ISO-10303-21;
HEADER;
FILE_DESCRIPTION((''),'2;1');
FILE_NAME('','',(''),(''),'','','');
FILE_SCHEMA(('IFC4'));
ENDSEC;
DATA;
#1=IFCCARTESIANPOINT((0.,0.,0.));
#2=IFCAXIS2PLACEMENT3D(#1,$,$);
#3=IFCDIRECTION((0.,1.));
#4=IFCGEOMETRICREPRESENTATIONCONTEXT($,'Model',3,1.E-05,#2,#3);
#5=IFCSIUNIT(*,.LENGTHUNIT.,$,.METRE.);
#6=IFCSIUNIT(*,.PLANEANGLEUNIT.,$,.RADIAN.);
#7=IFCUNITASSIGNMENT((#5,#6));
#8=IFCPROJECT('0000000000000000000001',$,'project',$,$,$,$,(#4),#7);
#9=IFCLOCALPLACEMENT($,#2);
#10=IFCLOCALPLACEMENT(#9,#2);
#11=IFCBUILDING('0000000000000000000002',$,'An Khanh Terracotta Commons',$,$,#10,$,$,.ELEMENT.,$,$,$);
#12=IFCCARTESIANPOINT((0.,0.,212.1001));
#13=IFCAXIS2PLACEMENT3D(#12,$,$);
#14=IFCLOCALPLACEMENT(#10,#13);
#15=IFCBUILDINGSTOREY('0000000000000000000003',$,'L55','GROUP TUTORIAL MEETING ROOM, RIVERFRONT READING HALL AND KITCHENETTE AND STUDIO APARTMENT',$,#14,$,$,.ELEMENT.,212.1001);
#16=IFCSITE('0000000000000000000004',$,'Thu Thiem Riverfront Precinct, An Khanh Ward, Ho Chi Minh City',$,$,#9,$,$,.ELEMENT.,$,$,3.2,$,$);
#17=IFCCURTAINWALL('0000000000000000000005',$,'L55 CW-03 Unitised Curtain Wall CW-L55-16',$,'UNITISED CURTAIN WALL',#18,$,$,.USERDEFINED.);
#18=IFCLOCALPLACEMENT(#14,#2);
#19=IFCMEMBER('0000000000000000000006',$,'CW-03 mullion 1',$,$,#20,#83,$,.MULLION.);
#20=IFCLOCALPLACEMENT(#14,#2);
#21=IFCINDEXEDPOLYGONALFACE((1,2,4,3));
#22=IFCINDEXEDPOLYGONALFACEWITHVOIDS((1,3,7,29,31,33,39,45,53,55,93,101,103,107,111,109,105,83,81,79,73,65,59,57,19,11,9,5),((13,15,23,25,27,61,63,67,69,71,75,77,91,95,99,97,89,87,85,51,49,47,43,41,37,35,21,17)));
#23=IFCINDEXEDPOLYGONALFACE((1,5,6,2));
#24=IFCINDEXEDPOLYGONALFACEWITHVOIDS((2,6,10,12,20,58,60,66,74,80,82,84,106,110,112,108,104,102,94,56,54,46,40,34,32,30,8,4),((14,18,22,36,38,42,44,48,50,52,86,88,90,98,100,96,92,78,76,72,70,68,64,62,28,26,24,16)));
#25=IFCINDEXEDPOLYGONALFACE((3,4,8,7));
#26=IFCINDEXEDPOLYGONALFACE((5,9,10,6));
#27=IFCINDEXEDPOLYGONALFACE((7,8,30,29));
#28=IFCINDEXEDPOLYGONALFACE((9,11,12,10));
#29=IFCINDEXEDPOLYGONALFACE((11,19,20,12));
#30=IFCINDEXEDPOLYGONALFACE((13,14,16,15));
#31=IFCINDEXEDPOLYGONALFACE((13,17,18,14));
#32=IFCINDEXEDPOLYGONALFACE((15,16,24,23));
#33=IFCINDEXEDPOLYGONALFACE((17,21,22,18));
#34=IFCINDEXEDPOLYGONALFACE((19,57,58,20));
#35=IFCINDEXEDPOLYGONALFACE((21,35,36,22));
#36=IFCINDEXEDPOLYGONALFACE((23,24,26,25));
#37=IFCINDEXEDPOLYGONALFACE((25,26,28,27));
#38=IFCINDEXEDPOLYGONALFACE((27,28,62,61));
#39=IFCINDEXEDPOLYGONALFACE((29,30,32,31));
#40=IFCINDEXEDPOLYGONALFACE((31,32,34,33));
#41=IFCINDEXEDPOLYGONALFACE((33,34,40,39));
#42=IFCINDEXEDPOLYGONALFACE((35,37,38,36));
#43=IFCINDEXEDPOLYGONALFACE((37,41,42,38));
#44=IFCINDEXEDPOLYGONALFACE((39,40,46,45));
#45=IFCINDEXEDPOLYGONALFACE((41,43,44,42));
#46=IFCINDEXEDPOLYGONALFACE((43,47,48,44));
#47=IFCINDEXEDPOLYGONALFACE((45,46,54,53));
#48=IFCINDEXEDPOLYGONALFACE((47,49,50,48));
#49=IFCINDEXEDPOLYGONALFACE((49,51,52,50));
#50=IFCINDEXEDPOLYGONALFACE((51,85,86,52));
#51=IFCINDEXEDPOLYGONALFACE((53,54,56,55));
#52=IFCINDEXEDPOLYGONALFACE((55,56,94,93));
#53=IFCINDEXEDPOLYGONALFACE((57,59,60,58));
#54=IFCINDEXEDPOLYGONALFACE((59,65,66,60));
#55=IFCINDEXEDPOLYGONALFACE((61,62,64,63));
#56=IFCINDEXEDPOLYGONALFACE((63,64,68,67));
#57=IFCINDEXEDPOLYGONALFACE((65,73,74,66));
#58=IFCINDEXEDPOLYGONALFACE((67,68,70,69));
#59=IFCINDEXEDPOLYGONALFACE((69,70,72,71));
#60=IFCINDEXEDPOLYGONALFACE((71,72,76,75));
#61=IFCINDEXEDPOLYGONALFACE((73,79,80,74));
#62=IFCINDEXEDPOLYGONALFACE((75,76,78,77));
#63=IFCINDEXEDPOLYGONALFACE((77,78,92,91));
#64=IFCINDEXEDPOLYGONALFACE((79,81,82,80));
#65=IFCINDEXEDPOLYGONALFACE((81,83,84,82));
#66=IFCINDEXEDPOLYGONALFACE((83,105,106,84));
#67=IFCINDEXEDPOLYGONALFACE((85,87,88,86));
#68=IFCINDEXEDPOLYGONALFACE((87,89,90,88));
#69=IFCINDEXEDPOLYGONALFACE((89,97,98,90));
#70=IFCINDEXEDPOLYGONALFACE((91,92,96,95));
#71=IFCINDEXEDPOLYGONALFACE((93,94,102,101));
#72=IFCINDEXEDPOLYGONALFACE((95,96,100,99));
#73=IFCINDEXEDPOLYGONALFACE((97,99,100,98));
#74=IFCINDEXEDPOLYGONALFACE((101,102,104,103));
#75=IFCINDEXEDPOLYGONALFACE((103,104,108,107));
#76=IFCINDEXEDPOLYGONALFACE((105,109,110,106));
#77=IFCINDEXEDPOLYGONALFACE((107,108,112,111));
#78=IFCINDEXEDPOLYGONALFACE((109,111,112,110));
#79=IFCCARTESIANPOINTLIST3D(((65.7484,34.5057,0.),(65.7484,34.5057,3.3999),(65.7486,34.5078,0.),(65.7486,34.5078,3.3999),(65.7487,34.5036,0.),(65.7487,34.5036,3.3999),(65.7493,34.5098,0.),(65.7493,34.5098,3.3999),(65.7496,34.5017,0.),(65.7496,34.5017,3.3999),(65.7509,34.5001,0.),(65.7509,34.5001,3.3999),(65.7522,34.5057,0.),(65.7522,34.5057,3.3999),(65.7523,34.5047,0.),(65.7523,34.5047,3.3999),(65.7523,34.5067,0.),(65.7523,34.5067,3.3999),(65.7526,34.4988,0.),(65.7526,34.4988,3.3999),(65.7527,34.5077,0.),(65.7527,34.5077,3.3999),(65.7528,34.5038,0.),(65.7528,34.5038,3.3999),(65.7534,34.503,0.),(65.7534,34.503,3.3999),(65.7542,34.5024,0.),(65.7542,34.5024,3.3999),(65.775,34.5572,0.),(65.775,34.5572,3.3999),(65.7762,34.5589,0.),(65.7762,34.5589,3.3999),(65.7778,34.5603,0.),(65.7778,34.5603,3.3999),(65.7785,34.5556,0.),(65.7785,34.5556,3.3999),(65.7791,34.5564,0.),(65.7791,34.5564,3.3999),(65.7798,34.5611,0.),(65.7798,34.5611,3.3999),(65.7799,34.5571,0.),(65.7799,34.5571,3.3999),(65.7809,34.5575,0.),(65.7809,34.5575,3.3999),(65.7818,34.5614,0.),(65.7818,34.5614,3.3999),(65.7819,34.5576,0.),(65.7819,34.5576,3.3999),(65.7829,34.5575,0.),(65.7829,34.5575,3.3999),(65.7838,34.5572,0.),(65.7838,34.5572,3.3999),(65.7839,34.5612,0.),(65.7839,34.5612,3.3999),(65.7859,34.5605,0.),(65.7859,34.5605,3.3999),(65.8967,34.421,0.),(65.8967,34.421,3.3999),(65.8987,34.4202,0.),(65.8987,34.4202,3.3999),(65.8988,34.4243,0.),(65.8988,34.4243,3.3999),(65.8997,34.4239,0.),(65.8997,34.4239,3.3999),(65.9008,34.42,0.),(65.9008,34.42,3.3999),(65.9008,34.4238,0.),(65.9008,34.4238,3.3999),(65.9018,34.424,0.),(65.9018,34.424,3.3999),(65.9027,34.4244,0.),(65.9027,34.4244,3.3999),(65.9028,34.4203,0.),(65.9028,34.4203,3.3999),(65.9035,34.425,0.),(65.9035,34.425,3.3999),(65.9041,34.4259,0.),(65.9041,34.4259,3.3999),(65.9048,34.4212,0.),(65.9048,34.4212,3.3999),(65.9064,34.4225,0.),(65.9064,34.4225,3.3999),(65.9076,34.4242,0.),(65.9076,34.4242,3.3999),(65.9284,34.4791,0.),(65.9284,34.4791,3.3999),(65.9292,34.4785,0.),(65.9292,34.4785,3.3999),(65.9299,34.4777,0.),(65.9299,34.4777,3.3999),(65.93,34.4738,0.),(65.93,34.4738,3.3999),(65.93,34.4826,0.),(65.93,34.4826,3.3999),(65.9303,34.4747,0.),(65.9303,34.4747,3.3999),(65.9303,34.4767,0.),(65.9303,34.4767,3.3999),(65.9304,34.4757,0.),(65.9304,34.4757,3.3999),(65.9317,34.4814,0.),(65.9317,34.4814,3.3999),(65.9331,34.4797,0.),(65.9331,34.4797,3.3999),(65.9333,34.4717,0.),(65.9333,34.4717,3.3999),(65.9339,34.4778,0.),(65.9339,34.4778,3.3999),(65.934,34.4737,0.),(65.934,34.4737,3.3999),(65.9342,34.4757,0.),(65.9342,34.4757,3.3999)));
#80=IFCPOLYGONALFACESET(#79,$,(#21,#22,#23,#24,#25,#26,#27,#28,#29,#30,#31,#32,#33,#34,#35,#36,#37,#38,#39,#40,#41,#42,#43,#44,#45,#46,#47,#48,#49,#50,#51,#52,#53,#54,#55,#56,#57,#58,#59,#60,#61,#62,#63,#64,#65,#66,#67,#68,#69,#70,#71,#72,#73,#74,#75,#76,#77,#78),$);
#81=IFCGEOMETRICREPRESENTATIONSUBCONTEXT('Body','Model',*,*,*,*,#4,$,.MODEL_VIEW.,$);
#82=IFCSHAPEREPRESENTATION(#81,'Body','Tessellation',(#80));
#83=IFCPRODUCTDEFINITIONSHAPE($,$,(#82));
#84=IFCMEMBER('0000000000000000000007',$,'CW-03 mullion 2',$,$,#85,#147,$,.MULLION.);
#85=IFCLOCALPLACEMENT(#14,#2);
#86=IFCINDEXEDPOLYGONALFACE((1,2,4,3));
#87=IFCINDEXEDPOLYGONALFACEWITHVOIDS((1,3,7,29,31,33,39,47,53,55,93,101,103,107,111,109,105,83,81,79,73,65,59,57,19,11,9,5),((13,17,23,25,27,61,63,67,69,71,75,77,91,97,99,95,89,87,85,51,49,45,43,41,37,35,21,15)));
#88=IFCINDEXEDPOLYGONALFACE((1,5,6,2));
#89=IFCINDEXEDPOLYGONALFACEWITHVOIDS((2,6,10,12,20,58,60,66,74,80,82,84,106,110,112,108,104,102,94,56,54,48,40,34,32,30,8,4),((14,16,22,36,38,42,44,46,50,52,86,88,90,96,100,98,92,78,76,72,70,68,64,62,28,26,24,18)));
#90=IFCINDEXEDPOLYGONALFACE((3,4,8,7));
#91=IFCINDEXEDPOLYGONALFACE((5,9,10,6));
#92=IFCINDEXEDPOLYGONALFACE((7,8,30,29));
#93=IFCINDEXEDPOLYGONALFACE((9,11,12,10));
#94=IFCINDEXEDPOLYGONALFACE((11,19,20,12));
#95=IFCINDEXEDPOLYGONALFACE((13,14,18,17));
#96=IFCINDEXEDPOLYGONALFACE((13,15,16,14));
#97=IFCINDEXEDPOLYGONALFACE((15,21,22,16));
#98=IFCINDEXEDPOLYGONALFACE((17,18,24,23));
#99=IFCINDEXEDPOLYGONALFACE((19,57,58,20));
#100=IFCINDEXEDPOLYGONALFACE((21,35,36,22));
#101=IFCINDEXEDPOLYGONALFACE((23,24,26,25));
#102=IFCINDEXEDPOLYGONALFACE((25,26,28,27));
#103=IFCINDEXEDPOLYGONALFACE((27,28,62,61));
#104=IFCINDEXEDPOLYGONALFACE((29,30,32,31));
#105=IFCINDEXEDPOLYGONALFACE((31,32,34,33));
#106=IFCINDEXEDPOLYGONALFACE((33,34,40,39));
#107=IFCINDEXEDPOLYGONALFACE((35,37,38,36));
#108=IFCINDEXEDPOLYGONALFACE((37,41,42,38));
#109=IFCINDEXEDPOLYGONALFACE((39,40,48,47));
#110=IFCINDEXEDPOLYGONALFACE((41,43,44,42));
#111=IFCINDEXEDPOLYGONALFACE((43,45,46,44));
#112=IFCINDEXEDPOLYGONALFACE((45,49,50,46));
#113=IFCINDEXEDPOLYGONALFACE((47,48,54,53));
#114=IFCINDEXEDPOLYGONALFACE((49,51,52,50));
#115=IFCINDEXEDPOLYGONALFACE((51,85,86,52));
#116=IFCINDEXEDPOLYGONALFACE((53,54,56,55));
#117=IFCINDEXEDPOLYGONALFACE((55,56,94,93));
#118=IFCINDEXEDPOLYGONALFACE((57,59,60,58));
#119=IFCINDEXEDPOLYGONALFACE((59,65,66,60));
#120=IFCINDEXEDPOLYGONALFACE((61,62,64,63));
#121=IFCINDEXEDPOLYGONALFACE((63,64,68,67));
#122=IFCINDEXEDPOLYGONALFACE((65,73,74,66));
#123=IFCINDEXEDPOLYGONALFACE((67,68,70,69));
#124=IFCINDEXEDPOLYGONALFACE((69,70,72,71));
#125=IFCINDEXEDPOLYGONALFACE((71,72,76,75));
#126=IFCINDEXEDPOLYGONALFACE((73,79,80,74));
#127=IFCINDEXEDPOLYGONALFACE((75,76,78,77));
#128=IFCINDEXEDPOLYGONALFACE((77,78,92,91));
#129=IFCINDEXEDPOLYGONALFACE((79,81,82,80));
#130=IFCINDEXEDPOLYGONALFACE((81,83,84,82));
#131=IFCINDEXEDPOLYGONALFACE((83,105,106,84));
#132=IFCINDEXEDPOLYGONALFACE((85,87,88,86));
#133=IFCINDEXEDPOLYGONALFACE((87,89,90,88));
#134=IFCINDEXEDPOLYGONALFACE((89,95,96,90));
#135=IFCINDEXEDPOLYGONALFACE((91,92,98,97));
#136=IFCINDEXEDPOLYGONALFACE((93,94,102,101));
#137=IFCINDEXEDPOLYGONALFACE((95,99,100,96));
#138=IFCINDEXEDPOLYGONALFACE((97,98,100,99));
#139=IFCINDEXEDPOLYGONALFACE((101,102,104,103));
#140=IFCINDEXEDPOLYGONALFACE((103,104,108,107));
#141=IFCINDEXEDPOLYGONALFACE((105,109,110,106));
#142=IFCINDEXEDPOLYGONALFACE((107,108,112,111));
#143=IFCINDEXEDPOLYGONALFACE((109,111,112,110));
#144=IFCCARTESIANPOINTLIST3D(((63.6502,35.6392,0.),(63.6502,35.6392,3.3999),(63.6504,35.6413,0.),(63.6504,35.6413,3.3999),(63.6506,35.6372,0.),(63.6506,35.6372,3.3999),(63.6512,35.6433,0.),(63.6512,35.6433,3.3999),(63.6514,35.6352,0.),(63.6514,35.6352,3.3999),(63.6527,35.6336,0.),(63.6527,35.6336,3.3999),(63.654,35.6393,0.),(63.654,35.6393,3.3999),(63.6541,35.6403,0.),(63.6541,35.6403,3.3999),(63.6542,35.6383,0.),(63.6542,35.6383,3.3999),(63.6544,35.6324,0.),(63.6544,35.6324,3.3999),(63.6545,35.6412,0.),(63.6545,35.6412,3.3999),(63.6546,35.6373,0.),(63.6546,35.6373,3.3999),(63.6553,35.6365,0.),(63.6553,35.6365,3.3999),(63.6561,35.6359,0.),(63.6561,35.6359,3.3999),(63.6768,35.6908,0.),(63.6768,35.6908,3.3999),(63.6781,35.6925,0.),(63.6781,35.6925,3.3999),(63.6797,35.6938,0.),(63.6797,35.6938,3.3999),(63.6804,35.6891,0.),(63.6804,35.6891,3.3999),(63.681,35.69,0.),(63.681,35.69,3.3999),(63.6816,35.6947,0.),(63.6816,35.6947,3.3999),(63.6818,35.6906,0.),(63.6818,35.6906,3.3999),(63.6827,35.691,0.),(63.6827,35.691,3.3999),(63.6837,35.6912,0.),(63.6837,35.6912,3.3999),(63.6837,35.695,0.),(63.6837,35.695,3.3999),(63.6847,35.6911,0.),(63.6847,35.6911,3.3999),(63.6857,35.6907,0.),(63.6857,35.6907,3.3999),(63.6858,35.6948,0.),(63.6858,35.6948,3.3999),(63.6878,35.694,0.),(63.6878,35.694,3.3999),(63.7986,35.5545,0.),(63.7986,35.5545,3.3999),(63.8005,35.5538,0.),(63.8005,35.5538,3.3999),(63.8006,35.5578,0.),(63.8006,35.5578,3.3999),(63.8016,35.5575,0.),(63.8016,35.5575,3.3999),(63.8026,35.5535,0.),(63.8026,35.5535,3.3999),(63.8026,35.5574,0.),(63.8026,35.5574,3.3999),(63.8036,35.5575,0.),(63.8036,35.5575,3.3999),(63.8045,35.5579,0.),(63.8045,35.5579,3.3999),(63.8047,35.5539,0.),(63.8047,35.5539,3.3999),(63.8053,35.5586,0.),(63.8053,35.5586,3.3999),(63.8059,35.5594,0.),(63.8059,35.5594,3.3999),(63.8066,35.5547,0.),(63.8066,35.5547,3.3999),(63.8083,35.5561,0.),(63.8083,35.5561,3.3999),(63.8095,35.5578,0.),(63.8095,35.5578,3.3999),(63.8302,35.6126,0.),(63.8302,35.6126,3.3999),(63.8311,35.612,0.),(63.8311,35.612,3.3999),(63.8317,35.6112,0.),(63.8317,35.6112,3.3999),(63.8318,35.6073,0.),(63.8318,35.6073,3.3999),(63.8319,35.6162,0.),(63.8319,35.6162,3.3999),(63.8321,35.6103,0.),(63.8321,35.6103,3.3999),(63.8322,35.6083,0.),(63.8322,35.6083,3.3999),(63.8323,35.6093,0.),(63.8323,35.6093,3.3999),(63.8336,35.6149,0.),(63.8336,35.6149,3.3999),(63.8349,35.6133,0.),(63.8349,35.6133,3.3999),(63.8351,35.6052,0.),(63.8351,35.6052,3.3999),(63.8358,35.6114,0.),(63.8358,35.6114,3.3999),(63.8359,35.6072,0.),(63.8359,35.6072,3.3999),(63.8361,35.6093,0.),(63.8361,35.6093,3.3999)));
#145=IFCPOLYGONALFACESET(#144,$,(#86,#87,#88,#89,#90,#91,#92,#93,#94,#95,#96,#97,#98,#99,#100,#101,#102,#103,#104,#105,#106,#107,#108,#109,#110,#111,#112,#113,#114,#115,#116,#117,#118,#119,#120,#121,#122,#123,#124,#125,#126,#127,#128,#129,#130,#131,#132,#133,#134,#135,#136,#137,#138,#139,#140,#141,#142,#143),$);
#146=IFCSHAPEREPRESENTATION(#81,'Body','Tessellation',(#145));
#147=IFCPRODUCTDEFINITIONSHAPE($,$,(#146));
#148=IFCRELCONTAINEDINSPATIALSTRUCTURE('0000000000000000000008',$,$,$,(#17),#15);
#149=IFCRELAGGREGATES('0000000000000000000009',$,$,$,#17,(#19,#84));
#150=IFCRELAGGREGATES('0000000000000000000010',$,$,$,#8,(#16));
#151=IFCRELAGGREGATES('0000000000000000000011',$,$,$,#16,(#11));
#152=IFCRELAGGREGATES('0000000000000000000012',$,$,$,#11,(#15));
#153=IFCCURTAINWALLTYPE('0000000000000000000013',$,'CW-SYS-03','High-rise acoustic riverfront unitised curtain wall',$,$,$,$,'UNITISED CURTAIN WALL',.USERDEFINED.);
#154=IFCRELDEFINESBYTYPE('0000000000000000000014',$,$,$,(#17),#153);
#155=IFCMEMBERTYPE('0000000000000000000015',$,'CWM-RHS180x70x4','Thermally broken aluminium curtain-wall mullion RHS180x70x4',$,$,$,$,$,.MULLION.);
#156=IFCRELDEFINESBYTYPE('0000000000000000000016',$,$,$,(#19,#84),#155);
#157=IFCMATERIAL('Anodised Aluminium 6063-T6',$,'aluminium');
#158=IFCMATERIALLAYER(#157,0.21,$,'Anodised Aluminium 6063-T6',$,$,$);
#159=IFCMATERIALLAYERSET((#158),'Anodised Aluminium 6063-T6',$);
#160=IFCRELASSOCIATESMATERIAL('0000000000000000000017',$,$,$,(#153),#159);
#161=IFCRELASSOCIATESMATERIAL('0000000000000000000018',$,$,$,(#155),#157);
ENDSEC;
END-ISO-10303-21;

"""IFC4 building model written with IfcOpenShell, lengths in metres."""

from ifc_helpers import new_model, si_unit, direction, frame, origin, origin_2d, place, context, subcontext, project, spatial, hollow_rectangle, extrude, material, layer, layer_set, material_profile, profile_set, type_object, element, aggregate, save


model = new_model("IFC4")

# Units and contexts
model_context = context("Model", 3, precision=1e-05, world=origin(), true_north=direction((0.0, 1.0)))
body_context = subcontext(model_context, "Body", "Model", "MODEL_VIEW")
ifc_project = project(units=[si_unit("LENGTHUNIT", "METRE"), si_unit("PLANEANGLEUNIT", "RADIAN")], contexts=[model_context])

# Site, building, storey
site_placement = place(None, origin())
site = spatial("IfcSite", under=ifc_project, at=site_placement, Name="Thu Thiem Riverfront Precinct, An Khanh Ward, Ho Chi Minh City", CompositionType="ELEMENT", RefElevation=3.2)
building_placement = place(site_placement, origin())
building = spatial("IfcBuilding", under=site, at=building_placement, Name="An Khanh Terracotta Commons", CompositionType="ELEMENT")
storey_placement = place(building_placement, frame((0.0, 0.0, 212.1001)))
storey = spatial("IfcBuildingStorey", under=building, at=storey_placement, Name="L55", Description="GROUP TUTORIAL MEETING ROOM, RIVERFRONT READING HALL AND KITCHENETTE AND STUDIO APARTMENT", CompositionType="ELEMENT", Elevation=212.1001)

# Curtain wall, members
ifc_material_1 = material(Name="Anodised Aluminium 6063-T6", Category="aluminium")
ifc_layer_1 = layer(ifc_material_1, 0.21, Name="Anodised Aluminium 6063-T6")
ifc_layer_set_1 = layer_set([ifc_layer_1], Name="Anodised Aluminium 6063-T6")
curtain_wall_type = type_object("IfcCurtainWallType", Name="CW-SYS-03", Description="High-rise acoustic riverfront unitised curtain wall", ElementType="UNITISED CURTAIN WALL", PredefinedType="USERDEFINED", material=ifc_layer_set_1)
ifc_material_profile_1 = material_profile(ifc_material_1, hollow_rectangle(XDim=0.0701, YDim=0.1799, WallThickness=0.0039, InnerFilletRadius=0.0039, OuterFilletRadius=0.0081, at=origin_2d()), Name="RHS180x70x4")
ifc_profile_set_1 = profile_set([ifc_material_profile_1], Name="Anodised Aluminium 6063-T6")
member_type_1 = type_object("IfcMemberType", Name="CWM-RHS180x70x4", Description="Thermally broken aluminium curtain-wall mullion RHS180x70x4", PredefinedType="MULLION", material=ifc_profile_set_1)
curtain_wall_1_placement = place(storey_placement, origin())
curtain_wall_1 = element("IfcCurtainWall", 1, at=curtain_wall_1_placement, inside=storey, type_object=curtain_wall_type, Name="L55 CW-03 Unitised Curtain Wall CW-L55-16", ObjectType="UNITISED CURTAIN WALL", PredefinedType="USERDEFINED")
member_1_placement = place(storey_placement, frame((65.8413, 34.4907, 0.0), z_axis=(0.0, 0.0, 1.0), x_axis=(-0.475381, -0.87978, 0.0)))
member_1 = element("IfcMember", 2, at=member_1_placement, type_object=member_type_1, Name="CW-03 mullion 1", PredefinedType="MULLION", context=body_context, shape_type="SweptSolid", body=[
    extrude(hollow_rectangle(XDim=0.0701, YDim=0.1799, WallThickness=0.0039, InnerFilletRadius=0.0039, OuterFilletRadius=0.0081, at=origin_2d()), origin(), (0.0, 0.0, 1.0), 3.3999),
])
member_2_placement = place(storey_placement, frame((63.7432, 35.6243, 0.0), z_axis=(0.0, 0.0, 1.0), x_axis=(-0.475381, -0.87978, 0.0)))
member_2 = element("IfcMember", 3, at=member_2_placement, type_object=member_type_1, Name="CW-03 mullion 2", PredefinedType="MULLION", context=body_context, shape_type="SweptSolid", body=[
    extrude(hollow_rectangle(XDim=0.0701, YDim=0.1799, WallThickness=0.0039, InnerFilletRadius=0.0039, OuterFilletRadius=0.0081, at=origin_2d()), origin(), (0.0, 0.0, 1.0), 3.3999),
])

aggregate(curtain_wall_1, [member_1, member_2])

save(model, "model.ifc")
